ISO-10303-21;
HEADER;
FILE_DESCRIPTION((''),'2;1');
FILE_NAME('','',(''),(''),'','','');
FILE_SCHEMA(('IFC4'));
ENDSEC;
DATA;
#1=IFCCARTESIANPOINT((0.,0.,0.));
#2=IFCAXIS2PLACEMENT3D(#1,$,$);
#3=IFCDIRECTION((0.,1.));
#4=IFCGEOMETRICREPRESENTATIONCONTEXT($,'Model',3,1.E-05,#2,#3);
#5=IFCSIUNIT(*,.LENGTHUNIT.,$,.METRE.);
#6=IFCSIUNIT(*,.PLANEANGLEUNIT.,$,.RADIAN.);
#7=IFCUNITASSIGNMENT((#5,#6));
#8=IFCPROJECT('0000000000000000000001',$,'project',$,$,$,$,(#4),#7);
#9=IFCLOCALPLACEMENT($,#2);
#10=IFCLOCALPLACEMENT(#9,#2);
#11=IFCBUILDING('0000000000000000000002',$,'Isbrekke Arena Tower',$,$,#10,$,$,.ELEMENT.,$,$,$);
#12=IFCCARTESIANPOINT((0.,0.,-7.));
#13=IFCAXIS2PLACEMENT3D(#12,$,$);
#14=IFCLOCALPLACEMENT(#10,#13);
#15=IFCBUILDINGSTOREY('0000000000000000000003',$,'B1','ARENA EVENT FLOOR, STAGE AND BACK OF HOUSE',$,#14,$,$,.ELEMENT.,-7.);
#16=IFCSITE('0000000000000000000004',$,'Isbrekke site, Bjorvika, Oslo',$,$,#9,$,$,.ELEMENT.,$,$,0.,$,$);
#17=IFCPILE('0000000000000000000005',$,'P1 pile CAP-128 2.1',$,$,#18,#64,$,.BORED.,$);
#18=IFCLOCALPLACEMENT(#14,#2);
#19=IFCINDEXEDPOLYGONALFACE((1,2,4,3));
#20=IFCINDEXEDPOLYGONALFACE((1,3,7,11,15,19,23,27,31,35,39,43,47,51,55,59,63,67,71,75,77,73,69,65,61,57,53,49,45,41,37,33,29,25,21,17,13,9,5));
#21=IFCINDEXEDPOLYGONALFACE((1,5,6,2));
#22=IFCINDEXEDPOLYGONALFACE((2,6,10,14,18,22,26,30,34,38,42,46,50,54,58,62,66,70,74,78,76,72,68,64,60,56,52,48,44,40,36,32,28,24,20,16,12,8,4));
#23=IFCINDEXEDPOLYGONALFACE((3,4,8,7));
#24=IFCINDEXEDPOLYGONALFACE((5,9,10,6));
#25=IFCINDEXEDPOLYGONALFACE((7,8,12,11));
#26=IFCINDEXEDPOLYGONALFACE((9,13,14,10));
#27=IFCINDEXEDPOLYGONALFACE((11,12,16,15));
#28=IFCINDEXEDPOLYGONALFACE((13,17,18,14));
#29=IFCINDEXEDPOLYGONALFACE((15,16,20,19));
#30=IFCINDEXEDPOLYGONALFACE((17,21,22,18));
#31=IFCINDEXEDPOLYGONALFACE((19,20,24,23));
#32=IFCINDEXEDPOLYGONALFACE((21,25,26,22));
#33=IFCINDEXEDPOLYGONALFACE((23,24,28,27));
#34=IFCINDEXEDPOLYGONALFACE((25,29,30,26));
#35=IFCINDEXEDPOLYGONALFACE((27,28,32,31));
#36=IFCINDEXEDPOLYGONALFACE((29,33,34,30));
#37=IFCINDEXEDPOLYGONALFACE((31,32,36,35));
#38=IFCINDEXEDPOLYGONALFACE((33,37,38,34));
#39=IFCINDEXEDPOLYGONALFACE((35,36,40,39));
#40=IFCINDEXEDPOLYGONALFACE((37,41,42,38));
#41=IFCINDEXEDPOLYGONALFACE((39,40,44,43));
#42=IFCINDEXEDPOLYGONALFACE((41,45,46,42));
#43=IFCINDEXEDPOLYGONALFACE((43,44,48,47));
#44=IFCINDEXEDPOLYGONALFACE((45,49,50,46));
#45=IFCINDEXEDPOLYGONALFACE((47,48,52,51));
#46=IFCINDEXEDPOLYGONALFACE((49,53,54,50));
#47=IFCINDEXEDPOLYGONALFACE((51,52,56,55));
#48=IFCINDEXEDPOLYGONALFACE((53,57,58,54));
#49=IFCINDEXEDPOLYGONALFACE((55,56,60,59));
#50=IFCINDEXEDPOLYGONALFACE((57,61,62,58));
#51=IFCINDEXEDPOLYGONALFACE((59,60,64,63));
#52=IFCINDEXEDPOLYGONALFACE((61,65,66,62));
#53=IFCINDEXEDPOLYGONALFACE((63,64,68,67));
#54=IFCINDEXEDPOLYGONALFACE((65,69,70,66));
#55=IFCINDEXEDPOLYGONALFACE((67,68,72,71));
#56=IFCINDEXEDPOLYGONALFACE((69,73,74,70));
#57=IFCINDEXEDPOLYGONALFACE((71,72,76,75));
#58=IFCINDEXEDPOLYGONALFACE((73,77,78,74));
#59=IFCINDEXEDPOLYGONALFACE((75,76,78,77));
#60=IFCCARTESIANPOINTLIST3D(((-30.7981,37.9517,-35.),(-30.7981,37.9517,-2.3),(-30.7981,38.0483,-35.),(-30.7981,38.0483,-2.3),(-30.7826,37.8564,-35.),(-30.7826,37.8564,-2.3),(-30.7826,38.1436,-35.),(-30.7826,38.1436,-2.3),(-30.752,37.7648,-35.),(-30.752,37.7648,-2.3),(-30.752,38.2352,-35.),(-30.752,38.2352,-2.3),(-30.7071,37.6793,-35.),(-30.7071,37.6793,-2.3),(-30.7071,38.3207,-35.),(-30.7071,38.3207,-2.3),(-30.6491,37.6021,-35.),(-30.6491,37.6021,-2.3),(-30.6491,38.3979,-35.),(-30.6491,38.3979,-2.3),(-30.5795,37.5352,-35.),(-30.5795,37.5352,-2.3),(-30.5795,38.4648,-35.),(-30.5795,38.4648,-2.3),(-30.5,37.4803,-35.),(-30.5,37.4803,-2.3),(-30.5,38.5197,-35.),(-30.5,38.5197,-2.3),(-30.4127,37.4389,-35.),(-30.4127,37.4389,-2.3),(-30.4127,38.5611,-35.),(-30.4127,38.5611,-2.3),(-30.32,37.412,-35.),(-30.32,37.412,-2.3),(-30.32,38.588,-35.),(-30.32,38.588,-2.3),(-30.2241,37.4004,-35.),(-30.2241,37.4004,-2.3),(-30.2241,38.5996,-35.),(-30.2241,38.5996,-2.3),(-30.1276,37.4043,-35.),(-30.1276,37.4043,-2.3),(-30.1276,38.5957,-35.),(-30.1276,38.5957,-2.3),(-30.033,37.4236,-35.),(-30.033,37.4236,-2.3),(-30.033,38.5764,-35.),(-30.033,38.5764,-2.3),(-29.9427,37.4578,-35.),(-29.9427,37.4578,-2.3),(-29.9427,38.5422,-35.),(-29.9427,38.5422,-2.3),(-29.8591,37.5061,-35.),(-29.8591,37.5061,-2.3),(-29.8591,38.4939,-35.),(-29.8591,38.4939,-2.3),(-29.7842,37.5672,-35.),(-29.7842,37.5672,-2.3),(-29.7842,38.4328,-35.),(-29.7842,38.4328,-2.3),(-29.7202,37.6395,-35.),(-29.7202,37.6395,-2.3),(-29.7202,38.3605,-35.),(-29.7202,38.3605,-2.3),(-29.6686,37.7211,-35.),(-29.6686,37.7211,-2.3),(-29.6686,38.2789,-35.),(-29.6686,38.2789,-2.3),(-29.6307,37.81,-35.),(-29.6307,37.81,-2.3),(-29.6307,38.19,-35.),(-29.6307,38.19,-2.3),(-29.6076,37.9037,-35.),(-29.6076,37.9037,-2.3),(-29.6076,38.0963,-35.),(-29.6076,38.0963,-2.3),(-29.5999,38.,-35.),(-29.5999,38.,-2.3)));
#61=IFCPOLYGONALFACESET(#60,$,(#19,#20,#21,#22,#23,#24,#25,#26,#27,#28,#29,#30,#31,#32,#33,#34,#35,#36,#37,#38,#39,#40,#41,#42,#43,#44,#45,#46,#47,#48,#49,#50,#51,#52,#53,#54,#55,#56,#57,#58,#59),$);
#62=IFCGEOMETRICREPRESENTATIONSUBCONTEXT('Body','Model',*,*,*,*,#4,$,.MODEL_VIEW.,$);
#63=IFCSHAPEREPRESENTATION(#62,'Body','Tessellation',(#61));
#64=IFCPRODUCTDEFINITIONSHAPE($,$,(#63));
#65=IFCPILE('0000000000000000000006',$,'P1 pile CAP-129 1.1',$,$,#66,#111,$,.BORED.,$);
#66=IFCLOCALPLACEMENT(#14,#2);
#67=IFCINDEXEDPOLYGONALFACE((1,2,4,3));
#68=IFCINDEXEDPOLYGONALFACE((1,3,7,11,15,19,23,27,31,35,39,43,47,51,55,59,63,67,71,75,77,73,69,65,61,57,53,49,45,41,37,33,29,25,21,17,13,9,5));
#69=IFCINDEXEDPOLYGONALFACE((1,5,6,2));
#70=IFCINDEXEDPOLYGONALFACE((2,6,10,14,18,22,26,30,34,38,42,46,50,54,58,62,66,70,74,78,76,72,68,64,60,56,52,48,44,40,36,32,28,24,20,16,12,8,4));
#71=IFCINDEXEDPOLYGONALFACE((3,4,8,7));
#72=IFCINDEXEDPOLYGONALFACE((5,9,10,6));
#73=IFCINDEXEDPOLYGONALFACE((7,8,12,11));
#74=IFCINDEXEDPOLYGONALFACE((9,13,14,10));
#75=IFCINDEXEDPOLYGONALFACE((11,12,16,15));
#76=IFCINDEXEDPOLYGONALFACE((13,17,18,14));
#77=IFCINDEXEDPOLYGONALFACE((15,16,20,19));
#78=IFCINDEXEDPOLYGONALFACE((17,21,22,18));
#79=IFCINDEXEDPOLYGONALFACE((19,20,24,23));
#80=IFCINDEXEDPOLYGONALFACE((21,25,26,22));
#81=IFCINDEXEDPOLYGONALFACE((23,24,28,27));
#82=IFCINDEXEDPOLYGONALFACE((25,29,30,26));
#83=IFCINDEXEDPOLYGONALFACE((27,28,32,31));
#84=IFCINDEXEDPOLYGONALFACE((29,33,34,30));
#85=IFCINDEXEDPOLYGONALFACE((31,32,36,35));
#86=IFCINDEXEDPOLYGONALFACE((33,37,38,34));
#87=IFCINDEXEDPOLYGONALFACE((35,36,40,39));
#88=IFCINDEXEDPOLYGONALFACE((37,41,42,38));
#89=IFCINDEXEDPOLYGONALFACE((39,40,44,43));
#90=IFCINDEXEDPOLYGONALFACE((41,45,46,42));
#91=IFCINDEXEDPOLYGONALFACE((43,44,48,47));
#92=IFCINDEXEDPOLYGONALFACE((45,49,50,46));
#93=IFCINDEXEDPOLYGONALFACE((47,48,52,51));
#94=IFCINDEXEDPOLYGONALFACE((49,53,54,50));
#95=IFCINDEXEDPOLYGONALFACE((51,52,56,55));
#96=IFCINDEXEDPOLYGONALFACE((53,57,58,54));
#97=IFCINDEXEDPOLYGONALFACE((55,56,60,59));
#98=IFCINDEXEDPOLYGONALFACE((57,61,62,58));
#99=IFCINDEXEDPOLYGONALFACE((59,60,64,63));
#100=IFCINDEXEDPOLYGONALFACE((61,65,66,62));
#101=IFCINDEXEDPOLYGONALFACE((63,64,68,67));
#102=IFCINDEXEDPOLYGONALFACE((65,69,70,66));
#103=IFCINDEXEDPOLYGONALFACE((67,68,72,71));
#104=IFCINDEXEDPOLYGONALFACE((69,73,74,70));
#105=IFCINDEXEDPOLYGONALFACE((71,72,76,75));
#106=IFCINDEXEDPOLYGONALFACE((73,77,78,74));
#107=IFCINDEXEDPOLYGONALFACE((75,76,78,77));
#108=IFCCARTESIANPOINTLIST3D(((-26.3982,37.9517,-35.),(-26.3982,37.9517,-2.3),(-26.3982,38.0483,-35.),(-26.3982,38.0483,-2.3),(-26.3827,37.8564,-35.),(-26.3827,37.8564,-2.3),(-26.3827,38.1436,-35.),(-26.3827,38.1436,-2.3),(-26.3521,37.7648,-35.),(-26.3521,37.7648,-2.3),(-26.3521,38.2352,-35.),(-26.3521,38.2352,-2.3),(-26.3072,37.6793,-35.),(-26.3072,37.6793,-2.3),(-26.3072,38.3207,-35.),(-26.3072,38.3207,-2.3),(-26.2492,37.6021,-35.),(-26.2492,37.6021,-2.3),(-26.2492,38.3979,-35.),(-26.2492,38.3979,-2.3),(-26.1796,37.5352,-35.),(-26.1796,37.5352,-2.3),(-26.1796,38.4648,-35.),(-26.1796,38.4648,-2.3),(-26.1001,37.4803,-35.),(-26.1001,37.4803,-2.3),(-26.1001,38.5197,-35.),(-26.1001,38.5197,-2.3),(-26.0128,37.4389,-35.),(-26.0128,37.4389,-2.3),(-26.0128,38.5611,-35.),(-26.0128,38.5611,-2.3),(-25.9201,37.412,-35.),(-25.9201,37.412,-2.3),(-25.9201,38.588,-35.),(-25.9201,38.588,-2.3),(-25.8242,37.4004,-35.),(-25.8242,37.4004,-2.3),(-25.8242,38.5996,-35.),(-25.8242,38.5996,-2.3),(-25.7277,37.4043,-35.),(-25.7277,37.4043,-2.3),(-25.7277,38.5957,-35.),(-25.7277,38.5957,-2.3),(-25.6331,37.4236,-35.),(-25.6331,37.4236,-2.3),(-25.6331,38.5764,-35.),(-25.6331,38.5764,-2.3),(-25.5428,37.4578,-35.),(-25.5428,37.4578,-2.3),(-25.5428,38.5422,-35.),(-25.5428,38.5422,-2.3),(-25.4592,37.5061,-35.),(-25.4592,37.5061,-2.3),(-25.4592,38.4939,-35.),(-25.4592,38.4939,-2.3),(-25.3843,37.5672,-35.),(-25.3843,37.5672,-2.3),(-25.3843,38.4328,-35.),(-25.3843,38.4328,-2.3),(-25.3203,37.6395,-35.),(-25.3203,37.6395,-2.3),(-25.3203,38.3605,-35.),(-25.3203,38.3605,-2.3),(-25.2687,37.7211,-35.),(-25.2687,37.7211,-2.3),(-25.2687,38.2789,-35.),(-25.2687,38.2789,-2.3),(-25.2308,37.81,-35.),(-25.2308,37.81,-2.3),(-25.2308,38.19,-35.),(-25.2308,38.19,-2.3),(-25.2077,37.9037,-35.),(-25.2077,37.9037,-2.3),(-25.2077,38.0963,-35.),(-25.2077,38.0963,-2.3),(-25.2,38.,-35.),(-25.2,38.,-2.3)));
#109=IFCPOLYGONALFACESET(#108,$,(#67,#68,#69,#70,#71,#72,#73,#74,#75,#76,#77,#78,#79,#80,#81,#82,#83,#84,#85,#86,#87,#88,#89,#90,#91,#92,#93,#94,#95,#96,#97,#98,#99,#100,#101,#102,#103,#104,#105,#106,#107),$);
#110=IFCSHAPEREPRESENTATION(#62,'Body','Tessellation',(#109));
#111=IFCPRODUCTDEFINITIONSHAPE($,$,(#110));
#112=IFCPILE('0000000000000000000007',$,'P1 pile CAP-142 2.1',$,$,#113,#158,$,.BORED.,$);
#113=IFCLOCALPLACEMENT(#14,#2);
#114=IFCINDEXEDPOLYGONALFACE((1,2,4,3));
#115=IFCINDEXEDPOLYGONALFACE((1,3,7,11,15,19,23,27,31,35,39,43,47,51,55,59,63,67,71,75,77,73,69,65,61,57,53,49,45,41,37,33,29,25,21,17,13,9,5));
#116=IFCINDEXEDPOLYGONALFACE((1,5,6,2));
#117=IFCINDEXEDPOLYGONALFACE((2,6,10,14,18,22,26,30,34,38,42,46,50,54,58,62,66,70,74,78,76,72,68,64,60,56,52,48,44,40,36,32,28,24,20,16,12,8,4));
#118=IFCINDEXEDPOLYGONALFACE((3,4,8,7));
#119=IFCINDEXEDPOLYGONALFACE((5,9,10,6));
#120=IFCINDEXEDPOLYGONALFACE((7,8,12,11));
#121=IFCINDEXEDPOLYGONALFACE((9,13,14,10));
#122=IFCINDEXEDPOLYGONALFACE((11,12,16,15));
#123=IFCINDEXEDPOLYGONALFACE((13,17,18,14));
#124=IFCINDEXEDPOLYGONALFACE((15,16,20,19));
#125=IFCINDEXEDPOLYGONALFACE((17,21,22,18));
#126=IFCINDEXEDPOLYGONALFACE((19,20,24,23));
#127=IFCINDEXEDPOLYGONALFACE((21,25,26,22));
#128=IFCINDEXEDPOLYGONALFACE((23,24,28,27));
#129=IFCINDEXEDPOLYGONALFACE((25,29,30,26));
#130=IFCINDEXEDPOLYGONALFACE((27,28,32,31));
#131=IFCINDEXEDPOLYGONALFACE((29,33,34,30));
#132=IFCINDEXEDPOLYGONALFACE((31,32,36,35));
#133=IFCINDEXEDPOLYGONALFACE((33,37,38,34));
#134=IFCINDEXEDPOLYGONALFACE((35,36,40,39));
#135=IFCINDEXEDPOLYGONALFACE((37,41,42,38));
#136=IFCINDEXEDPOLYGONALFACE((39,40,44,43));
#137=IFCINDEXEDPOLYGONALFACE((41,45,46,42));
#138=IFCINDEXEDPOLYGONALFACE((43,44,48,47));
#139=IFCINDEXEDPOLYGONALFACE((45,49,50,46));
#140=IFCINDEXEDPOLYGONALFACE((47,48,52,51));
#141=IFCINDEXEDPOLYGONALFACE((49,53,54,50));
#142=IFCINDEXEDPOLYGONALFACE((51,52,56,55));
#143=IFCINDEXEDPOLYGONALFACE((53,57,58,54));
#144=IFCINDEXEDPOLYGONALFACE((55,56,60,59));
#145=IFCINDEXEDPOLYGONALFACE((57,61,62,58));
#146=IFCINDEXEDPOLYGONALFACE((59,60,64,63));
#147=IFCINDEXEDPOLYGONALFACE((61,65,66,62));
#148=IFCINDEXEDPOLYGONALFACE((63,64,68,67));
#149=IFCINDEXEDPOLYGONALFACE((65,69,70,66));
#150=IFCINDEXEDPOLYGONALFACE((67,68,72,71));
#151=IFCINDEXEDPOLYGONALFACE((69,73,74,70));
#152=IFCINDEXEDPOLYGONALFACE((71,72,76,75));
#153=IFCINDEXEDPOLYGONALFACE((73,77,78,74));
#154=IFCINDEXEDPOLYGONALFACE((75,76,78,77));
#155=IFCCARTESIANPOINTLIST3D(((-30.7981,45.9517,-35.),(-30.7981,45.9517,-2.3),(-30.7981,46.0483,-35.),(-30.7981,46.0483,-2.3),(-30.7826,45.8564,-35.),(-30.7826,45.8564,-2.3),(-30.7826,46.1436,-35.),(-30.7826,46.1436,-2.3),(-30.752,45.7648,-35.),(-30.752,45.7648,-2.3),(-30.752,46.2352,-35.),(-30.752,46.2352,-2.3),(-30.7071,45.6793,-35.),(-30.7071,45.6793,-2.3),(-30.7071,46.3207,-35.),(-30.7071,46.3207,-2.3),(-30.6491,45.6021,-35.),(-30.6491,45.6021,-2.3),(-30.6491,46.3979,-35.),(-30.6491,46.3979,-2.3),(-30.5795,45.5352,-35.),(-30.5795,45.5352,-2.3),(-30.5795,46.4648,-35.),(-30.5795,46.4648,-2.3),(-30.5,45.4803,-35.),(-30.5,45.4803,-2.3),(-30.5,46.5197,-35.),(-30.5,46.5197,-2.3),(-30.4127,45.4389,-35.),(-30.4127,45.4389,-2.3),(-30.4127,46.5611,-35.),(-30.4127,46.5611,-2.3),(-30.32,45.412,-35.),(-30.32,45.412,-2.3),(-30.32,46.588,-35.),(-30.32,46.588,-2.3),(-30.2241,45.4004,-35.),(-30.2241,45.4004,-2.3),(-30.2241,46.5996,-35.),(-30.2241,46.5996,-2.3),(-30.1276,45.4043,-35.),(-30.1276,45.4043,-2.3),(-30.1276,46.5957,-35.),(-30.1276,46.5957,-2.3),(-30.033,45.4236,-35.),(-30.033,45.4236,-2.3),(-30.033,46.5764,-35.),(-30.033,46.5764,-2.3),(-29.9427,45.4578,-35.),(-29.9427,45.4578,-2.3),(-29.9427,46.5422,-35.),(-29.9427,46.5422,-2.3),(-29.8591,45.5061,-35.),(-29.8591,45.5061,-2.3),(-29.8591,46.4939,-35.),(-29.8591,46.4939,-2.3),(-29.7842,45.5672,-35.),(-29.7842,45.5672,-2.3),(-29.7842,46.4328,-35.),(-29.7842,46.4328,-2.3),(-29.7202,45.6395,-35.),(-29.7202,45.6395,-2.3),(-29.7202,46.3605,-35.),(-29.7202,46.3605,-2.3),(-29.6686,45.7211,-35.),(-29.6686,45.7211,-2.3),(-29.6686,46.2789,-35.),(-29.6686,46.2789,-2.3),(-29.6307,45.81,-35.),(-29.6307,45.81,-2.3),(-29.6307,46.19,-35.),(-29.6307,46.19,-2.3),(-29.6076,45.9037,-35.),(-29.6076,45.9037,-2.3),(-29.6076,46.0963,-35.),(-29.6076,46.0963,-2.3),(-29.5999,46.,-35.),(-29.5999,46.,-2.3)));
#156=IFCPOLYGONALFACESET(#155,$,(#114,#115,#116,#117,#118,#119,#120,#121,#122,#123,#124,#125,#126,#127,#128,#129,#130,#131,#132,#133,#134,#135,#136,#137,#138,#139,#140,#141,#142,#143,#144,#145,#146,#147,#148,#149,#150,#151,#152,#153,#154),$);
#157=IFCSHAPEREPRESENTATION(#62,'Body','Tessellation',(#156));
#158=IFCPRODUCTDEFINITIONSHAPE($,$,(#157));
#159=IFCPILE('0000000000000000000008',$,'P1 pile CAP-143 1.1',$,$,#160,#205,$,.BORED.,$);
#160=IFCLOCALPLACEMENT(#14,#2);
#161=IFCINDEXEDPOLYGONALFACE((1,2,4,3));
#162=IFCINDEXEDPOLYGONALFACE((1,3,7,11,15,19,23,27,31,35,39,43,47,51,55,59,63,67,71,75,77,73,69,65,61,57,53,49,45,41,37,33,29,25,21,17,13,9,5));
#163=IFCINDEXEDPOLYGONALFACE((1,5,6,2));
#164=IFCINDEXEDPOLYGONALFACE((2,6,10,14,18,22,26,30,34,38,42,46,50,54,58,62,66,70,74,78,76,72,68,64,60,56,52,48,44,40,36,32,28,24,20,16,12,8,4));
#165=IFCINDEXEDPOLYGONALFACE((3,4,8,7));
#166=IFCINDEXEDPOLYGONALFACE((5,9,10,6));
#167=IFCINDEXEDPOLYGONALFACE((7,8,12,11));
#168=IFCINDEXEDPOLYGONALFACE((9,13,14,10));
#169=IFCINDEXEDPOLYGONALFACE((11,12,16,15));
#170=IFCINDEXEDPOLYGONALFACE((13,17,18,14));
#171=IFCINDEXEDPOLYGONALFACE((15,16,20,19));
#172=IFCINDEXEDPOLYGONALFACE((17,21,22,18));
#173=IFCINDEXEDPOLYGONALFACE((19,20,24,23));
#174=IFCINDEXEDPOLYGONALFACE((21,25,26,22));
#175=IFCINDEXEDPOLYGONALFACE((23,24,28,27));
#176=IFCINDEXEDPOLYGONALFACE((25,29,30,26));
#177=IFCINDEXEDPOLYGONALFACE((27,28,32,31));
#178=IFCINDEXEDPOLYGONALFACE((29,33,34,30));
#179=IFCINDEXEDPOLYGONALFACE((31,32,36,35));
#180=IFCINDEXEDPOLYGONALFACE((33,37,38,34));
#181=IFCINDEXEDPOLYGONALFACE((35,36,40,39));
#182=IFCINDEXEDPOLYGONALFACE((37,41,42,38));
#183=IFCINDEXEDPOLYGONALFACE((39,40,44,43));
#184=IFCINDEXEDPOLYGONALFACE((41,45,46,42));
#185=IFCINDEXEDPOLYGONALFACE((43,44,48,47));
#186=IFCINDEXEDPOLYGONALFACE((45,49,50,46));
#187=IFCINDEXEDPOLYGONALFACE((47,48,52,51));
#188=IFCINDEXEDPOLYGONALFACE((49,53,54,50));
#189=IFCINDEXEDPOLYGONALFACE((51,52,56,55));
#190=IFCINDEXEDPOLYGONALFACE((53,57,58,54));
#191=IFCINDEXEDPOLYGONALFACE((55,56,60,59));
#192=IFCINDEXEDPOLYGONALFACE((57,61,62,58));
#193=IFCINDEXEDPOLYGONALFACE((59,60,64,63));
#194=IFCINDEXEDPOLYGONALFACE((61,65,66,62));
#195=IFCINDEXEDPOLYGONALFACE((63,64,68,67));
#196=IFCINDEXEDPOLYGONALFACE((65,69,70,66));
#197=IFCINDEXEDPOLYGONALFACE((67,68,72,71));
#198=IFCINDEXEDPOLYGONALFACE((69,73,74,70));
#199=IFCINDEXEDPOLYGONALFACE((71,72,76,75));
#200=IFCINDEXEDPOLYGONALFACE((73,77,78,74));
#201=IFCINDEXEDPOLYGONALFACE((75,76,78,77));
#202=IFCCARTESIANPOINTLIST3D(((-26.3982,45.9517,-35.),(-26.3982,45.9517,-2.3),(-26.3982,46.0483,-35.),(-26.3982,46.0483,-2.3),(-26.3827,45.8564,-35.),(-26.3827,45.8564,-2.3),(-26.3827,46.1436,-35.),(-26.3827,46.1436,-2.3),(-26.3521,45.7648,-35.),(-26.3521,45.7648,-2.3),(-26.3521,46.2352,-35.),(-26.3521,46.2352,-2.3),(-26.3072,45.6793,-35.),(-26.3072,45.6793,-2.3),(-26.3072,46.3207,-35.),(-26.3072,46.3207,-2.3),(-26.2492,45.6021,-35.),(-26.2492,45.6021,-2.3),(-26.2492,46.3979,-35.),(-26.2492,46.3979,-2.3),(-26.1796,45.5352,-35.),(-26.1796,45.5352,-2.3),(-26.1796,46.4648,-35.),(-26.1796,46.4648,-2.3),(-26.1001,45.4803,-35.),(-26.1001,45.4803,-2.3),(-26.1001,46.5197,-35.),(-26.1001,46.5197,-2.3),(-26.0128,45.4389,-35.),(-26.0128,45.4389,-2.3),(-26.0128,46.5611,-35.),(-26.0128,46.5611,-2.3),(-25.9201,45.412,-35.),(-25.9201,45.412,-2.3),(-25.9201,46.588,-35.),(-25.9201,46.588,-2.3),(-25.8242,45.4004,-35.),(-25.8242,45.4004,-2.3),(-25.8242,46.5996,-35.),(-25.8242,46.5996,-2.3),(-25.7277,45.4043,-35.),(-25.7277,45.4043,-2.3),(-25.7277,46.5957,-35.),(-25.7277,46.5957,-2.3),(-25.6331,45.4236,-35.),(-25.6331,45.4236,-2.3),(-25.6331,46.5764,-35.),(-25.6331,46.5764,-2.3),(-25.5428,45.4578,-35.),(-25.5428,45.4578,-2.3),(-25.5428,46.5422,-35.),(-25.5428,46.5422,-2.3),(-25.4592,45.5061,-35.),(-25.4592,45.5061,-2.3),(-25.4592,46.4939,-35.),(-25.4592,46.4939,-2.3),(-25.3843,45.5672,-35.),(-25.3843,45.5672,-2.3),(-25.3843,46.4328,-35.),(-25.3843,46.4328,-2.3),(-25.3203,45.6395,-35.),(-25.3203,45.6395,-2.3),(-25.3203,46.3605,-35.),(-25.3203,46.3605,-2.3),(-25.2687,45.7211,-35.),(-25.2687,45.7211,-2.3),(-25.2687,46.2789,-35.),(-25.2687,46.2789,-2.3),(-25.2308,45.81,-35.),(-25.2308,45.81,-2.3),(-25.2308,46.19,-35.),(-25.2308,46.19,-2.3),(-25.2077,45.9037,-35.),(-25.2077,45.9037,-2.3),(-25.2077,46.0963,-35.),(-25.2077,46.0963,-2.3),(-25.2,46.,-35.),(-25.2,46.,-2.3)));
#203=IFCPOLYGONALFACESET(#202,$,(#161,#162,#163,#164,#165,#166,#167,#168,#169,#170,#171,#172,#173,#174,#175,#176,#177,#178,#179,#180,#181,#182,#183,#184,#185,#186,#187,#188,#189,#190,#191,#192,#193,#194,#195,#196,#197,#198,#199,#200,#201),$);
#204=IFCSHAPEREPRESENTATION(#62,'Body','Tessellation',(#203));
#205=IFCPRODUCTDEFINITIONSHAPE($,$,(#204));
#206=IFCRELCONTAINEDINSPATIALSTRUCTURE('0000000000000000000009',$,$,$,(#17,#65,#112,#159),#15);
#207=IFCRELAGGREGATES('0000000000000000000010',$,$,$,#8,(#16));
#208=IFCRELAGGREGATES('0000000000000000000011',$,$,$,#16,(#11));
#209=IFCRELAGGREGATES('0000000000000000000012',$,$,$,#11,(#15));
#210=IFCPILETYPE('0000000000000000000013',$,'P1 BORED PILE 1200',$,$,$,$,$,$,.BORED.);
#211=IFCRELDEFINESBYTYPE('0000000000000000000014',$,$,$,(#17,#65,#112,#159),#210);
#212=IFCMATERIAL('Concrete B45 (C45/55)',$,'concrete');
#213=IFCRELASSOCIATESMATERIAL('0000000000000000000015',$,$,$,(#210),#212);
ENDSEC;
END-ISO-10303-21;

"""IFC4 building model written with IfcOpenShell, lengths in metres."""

from ifc_helpers import new_model, si_unit, direction, frame, origin, origin_2d, place, context, subcontext, project, spatial, circle, extrude, material, material_profile, profile_set, type_object, element, save


model = new_model("IFC4")

# Units and contexts
model_context = context("Model", 3, precision=1e-05, world=origin(), true_north=direction((0.0, 1.0)))
body_context = subcontext(model_context, "Body", "Model", "MODEL_VIEW")
ifc_project = project(units=[si_unit("LENGTHUNIT", "METRE"), si_unit("PLANEANGLEUNIT", "RADIAN")], contexts=[model_context])

# Site, building, storey
site_placement = place(None, origin())
site = spatial("IfcSite", under=ifc_project, at=site_placement, Name="Isbrekke site, Bjorvika, Oslo", CompositionType="ELEMENT", RefElevation=0.0)
building_placement = place(site_placement, origin())
building = spatial("IfcBuilding", under=site, at=building_placement, Name="Isbrekke Arena Tower", CompositionType="ELEMENT")
storey_placement = place(building_placement, frame((0.0, 0.0, -7.0)))
storey = spatial("IfcBuildingStorey", under=building, at=storey_placement, Name="B1", Description="ARENA EVENT FLOOR, STAGE AND BACK OF HOUSE", CompositionType="ELEMENT", Elevation=-7.0)

# Piles
ifc_material_1 = material(Name="Concrete B45 (C45/55)", Category="concrete")
ifc_material_profile_1 = material_profile(ifc_material_1, circle(Radius=0.6001, at=origin_2d()), Name="BORED PILE D1200")
ifc_profile_set_1 = profile_set([ifc_material_profile_1], Name="Concrete B45 (C45/55)")
pile_type = type_object("IfcPileType", Name="P1 BORED PILE 1200", PredefinedType="BORED", material=ifc_profile_set_1)
for number, where, z_axis, x_axis, name in (
    (1, (-30.2, 38.0, -2.3), (0.0, 0.0, -1.0), (1.0, 0.0, 0.0), "P1 pile CAP-128 2.1"),
    (2, (-25.8, 38.0, -2.3), (0.0, 0.0, -1.0), (1.0, 0.0, 0.0), "P1 pile CAP-129 1.1"),
    (3, (-30.2, 46.0, -2.3), (0.0, 0.0, -1.0), (1.0, 0.0, 0.0), "P1 pile CAP-142 2.1"),
    (4, (-25.8, 46.0, -2.3), (0.0, 0.0, -1.0), (1.0, 0.0, 0.0), "P1 pile CAP-143 1.1"),
):
    element("IfcPile", number, at=place(storey_placement, frame(where, z_axis=z_axis, x_axis=x_axis)), inside=storey, type_object=pile_type, Name=name, PredefinedType="BORED", context=body_context, shape_type="SweptSolid", body=[
        extrude(circle(Radius=0.6001, at=origin_2d()), origin(), (0.0, 0.0, 1.0), 32.7),
    ])

save(model, "model.ifc")
